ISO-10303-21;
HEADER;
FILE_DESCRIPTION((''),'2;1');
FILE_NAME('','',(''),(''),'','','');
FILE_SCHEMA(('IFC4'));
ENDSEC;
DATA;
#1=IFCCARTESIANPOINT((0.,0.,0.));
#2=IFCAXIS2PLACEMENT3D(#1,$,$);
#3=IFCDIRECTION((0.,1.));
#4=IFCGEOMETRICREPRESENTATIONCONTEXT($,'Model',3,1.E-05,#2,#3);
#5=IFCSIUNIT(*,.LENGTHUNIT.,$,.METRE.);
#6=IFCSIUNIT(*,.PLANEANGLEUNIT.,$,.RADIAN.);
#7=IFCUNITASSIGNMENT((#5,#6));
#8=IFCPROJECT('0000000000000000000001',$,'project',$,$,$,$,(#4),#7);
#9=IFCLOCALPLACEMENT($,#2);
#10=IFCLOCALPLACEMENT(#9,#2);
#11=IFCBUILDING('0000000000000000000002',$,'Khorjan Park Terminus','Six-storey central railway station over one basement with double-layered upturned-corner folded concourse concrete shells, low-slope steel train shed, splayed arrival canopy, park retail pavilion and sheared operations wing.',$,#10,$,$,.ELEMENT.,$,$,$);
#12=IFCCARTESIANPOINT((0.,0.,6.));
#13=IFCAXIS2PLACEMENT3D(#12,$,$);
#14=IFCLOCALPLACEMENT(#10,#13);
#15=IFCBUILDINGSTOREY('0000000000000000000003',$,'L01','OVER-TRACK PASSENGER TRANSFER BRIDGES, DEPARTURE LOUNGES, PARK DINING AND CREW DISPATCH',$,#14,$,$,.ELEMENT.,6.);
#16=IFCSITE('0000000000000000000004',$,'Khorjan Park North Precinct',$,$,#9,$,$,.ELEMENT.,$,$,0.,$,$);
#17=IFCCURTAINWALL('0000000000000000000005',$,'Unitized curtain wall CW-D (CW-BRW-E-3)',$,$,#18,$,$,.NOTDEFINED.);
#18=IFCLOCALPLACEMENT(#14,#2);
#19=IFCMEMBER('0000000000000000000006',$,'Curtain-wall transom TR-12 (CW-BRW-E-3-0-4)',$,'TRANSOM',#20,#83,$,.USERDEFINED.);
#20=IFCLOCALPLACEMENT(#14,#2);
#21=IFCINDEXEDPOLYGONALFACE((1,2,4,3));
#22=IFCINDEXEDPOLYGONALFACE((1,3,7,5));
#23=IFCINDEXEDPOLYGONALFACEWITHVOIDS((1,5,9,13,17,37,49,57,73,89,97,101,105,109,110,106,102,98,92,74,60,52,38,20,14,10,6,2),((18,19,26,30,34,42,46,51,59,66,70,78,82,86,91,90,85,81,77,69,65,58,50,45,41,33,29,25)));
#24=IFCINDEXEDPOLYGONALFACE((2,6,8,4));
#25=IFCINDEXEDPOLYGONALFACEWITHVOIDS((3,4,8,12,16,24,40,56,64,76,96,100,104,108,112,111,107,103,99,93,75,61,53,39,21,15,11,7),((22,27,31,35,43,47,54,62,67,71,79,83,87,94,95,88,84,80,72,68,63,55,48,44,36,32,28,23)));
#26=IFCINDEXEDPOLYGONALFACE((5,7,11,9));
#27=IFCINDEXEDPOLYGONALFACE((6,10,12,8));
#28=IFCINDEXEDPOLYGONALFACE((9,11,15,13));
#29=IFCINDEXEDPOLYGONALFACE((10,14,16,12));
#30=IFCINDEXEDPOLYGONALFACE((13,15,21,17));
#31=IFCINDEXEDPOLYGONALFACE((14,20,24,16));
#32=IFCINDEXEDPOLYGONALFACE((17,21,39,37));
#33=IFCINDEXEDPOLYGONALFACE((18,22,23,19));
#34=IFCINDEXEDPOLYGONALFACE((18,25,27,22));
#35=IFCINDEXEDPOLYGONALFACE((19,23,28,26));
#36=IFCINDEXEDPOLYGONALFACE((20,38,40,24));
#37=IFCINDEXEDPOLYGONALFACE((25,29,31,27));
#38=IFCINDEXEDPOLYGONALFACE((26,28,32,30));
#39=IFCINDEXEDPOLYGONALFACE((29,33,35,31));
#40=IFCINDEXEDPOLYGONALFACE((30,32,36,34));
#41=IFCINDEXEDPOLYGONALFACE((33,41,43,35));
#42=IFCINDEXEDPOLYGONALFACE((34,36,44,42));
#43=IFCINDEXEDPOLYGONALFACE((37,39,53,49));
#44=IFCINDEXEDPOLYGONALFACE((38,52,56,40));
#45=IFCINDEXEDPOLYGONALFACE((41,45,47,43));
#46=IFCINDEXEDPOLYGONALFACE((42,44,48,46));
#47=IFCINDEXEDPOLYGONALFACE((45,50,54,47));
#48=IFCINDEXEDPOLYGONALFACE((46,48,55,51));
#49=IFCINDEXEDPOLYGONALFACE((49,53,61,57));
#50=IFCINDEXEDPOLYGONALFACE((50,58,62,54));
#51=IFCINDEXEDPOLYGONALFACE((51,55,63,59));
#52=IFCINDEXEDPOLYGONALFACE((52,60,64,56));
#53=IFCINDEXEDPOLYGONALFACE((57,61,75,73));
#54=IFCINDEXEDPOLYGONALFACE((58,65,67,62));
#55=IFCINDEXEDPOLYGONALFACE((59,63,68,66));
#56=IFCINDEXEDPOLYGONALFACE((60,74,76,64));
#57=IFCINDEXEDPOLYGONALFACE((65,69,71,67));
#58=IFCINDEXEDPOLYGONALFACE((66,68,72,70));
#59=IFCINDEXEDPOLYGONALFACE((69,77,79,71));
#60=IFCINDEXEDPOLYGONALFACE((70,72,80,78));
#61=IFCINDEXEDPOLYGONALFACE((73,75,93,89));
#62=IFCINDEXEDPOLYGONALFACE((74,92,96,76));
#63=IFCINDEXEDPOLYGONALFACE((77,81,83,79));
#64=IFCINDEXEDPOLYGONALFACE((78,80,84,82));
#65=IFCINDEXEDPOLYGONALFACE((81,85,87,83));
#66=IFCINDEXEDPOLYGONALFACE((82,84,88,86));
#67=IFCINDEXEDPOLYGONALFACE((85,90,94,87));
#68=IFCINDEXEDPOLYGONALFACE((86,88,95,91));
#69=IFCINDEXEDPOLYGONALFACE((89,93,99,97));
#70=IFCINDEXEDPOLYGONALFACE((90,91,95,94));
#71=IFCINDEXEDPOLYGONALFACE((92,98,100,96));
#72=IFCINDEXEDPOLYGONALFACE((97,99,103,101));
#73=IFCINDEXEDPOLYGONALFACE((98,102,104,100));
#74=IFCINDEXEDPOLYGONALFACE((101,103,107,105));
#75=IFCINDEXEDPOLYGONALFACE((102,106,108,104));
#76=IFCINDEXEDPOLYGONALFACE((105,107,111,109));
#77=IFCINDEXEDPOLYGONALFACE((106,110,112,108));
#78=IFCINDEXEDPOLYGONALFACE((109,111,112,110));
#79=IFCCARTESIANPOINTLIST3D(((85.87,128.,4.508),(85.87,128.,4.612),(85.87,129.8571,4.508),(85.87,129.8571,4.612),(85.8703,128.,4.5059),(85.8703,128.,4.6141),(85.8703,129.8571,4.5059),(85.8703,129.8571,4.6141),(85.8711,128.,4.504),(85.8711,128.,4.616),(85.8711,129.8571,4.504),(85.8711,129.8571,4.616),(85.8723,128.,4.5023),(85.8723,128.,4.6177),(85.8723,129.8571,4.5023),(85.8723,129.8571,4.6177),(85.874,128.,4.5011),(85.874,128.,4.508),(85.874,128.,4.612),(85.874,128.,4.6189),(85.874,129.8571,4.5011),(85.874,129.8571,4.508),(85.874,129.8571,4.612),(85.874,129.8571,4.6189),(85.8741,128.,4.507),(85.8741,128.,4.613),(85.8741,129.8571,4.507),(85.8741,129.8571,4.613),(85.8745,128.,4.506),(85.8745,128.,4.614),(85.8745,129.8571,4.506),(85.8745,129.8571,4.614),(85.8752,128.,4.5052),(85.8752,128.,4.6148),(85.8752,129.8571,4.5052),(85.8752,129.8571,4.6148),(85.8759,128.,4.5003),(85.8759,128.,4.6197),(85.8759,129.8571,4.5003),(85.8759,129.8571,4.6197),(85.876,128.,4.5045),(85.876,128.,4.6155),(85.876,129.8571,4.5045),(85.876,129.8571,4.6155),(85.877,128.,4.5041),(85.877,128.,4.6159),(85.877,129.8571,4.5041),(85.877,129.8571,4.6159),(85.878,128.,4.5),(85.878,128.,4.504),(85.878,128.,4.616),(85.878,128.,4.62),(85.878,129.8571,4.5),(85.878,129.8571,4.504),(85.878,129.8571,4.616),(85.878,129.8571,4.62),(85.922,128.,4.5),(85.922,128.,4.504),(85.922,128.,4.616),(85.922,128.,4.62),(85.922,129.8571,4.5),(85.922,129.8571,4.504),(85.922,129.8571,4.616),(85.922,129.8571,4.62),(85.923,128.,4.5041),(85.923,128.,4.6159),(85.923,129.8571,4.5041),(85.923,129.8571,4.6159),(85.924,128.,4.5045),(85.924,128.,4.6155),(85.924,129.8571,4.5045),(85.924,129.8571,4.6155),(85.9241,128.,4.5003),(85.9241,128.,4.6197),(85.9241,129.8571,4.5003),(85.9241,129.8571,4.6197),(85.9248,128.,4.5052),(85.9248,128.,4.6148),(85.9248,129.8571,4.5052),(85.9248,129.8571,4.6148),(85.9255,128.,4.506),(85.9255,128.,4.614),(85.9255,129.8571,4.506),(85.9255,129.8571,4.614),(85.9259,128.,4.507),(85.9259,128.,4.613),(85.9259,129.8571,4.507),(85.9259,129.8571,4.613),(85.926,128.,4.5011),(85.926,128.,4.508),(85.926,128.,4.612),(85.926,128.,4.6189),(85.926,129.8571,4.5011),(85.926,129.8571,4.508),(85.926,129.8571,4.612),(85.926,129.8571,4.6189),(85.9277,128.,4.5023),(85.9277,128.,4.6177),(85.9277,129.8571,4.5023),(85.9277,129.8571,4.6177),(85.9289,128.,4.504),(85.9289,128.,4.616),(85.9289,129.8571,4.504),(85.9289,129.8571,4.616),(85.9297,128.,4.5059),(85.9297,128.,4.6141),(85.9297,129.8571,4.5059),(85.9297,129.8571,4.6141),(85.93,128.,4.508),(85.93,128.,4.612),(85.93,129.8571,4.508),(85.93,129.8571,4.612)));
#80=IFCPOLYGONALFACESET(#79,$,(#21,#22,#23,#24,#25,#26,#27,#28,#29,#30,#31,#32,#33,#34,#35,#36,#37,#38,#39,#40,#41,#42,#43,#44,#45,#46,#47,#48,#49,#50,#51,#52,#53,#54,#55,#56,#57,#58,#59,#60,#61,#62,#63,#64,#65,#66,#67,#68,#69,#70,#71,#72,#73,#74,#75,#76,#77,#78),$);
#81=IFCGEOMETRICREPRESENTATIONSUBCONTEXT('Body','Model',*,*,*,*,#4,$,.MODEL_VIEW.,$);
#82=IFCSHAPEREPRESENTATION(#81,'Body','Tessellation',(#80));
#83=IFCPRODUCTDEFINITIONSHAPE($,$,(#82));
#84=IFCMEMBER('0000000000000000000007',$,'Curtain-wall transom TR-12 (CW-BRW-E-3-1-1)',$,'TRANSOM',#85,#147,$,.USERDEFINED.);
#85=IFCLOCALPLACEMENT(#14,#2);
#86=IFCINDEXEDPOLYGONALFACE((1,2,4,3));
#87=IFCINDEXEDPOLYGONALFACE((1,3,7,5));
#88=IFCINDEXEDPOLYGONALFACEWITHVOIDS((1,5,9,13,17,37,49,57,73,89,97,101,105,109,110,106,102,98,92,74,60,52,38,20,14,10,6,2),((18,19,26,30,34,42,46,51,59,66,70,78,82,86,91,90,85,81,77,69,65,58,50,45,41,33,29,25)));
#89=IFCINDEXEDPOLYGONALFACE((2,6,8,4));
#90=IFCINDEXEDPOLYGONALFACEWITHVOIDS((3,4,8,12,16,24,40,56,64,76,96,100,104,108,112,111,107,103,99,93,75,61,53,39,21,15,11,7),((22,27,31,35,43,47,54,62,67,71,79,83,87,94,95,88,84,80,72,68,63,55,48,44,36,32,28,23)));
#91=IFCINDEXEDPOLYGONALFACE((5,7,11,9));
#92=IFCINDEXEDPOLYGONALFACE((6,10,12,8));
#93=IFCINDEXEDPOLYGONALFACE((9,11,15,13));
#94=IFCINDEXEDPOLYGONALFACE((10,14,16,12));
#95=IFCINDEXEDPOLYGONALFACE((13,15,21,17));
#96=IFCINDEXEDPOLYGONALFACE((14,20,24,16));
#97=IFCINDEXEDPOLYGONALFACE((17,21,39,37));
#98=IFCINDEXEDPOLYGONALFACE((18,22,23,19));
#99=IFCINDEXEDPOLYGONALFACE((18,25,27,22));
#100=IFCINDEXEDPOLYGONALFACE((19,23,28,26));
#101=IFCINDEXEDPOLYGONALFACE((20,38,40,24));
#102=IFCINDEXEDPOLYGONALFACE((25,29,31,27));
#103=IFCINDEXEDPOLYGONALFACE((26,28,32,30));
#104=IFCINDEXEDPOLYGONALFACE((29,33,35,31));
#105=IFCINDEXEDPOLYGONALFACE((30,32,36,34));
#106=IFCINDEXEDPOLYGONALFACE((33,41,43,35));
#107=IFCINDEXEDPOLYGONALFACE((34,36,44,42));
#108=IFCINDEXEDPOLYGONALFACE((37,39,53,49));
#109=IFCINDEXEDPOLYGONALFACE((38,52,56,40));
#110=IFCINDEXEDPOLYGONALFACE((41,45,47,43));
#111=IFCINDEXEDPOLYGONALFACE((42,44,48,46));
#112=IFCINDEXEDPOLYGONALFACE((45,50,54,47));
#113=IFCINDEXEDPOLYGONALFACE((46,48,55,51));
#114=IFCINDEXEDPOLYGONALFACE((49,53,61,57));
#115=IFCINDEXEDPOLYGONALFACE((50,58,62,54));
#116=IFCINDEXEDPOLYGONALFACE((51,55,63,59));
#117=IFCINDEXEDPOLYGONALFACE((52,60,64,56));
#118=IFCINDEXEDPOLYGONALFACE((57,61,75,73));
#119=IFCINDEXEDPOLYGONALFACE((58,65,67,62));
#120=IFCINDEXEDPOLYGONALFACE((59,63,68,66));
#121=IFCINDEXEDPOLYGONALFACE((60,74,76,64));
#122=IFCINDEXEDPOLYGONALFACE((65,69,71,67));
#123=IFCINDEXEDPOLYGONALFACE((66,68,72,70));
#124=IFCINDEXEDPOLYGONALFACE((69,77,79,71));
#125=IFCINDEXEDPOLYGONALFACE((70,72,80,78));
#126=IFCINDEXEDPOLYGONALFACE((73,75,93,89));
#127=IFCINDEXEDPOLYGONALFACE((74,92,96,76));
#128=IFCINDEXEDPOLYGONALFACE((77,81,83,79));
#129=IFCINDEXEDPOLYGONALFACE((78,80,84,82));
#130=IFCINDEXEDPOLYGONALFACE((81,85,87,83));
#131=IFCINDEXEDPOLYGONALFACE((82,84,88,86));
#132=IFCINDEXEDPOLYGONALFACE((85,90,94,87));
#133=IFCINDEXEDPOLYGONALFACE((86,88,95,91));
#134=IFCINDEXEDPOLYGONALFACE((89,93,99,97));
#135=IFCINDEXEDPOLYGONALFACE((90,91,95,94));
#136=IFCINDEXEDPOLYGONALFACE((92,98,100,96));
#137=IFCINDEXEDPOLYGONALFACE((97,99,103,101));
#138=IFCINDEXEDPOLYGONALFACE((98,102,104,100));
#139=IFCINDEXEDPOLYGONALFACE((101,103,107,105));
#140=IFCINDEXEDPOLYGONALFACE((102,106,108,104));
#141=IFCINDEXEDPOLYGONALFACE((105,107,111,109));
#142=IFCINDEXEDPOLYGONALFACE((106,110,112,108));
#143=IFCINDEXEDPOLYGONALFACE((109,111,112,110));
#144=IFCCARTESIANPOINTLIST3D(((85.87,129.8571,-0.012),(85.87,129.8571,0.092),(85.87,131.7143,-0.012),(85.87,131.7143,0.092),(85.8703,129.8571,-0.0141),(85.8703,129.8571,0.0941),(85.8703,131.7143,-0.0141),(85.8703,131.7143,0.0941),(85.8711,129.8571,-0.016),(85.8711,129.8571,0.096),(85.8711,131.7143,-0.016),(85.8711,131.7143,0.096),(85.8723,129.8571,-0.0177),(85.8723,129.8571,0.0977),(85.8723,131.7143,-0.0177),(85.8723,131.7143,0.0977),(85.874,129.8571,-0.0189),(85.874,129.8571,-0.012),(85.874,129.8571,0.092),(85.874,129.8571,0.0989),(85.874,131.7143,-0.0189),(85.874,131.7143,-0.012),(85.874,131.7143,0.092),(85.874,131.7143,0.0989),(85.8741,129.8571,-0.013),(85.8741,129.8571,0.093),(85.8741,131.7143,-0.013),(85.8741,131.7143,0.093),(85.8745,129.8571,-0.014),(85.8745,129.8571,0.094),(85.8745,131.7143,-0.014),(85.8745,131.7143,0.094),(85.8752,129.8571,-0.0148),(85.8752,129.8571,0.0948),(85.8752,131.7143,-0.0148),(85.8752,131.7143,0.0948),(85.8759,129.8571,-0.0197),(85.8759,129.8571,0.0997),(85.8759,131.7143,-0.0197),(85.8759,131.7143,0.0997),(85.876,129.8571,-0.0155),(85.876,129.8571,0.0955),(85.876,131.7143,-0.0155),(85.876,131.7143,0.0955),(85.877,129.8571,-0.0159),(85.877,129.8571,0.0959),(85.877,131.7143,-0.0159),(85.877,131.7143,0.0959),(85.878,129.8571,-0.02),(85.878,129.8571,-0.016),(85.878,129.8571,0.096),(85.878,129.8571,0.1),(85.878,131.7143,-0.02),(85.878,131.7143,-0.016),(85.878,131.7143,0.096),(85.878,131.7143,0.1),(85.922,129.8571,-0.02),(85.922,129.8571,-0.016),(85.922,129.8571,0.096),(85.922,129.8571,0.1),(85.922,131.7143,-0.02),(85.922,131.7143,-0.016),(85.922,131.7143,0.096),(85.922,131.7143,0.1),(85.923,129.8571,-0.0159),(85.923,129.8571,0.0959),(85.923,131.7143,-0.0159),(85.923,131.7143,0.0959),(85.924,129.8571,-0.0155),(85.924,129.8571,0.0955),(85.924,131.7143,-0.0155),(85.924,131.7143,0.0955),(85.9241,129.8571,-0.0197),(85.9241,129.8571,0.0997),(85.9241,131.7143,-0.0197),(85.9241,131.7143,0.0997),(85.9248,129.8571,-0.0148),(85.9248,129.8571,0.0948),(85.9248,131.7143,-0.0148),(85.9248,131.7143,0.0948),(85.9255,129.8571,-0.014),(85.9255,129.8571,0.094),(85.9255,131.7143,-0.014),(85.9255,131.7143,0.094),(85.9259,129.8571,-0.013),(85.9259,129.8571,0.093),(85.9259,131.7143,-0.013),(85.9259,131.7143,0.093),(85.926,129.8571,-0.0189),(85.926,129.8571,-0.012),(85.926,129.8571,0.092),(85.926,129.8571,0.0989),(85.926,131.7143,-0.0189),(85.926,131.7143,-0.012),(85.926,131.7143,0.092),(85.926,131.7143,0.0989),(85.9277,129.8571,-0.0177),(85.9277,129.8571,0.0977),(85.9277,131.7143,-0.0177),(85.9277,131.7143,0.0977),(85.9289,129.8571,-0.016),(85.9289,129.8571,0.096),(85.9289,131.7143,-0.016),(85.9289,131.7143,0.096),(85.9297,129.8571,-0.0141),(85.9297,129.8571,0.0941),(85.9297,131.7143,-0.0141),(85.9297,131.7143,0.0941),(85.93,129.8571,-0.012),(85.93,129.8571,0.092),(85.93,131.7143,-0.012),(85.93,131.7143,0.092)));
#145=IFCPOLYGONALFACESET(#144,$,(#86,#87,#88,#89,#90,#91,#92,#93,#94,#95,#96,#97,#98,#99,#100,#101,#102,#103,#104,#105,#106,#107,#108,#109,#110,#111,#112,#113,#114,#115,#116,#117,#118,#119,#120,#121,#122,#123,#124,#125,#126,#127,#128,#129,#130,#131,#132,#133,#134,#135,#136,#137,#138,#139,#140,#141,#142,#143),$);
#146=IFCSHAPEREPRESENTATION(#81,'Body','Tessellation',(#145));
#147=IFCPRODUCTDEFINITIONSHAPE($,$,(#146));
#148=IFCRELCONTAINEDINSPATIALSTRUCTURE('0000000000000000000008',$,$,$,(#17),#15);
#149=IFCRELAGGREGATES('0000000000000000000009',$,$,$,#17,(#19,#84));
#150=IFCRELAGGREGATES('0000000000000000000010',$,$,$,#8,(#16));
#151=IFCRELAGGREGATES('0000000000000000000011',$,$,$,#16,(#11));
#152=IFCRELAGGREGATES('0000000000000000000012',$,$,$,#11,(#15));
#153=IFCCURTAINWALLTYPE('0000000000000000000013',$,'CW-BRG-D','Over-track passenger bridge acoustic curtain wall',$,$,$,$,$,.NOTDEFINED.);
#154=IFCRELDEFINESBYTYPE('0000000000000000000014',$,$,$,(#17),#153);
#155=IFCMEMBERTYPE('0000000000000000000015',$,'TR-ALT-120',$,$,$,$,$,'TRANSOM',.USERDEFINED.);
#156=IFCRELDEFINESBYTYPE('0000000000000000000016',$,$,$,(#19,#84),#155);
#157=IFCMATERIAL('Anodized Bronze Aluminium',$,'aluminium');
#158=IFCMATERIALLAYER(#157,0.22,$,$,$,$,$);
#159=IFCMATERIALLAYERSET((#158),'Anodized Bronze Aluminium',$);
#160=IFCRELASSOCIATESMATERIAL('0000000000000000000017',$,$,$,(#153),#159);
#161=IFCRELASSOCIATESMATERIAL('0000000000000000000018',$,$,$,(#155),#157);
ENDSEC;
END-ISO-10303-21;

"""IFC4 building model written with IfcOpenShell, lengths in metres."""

from ifc_helpers import new_model, si_unit, direction, frame, origin, origin_2d, place, context, subcontext, project, spatial, hollow_rectangle, extrude, material, layer, layer_set, material_profile, profile_set, type_object, element, aggregate, save


model = new_model("IFC4")

# Units and contexts
model_context = context("Model", 3, precision=1e-05, world=origin(), true_north=direction((0.0, 1.0)))
body_context = subcontext(model_context, "Body", "Model", "MODEL_VIEW")
ifc_project = project(units=[si_unit("LENGTHUNIT", "METRE"), si_unit("PLANEANGLEUNIT", "RADIAN")], contexts=[model_context])

# Site, building, storey
site_placement = place(None, origin())
site = spatial("IfcSite", under=ifc_project, at=site_placement, Name="Khorjan Park North Precinct", CompositionType="ELEMENT", RefElevation=0.0)
building_placement = place(site_placement, origin())
building = spatial("IfcBuilding", under=site, at=building_placement, Name="Khorjan Park Terminus", Description="Six-storey central railway station over one basement with double-layered upturned-corner folded concourse concrete shells, low-slope steel train shed, splayed arrival canopy, park retail pavilion and sheared operations wing.", CompositionType="ELEMENT")
storey_placement = place(building_placement, frame((0.0, 0.0, 6.0)))
storey = spatial("IfcBuildingStorey", under=building, at=storey_placement, Name="L01", Description="OVER-TRACK PASSENGER TRANSFER BRIDGES, DEPARTURE LOUNGES, PARK DINING AND CREW DISPATCH", CompositionType="ELEMENT", Elevation=6.0)

# Shared definitions
ifc_material_1 = material(Name="Anodized Bronze Aluminium", Category="aluminium")
ifc_layer_1 = layer(ifc_material_1, 0.22)
ifc_layer_set_1 = layer_set([ifc_layer_1], Name="Anodized Bronze Aluminium")
curtain_wall_type = type_object("IfcCurtainWallType", Name="CW-BRG-D", Description="Over-track passenger bridge acoustic curtain wall", PredefinedType="NOTDEFINED", material=ifc_layer_set_1)

# Curtain wall
curtain_wall_1_placement = place(storey_placement, origin())
curtain_wall_1 = element("IfcCurtainWall", 1, at=curtain_wall_1_placement, inside=storey, type_object=curtain_wall_type, Name="Unitized curtain wall CW-D (CW-BRW-E-3)", PredefinedType="NOTDEFINED")

# Members
ifc_material_profile_1 = material_profile(ifc_material_1, hollow_rectangle(XDim=0.06, YDim=0.12, WallThickness=0.004, InnerFilletRadius=0.004, OuterFilletRadius=0.008, at=origin_2d()), Name="ALT 60x120x4")
ifc_profile_set_1 = profile_set([ifc_material_profile_1], Name="Anodized Bronze Aluminium")
member_type_1 = type_object("IfcMemberType", Name="TR-ALT-120", ElementType="TRANSOM", PredefinedType="USERDEFINED", material=ifc_profile_set_1)
member_1_placement = place(storey_placement, frame((85.9, 128.0, 4.56), z_axis=(0.0, 1.0, 0.0), x_axis=(-1.0, 0.0, 0.0)))
member_1 = element("IfcMember", 2, at=member_1_placement, type_object=member_type_1, Name="Curtain-wall transom TR-12 (CW-BRW-E-3-0-4)", ObjectType="TRANSOM", PredefinedType="USERDEFINED", context=body_context, shape_type="SweptSolid", body=[
    extrude(hollow_rectangle(XDim=0.06, YDim=0.12, WallThickness=0.004, InnerFilletRadius=0.004, OuterFilletRadius=0.008, at=origin_2d()), origin(), (0.0, 0.0, 1.0), 1.8571),
])
member_2_placement = place(storey_placement, frame((85.9, 129.8571, 0.04), z_axis=(0.0, 1.0, 0.0), x_axis=(-1.0, 0.0, 0.0)))
member_2 = element("IfcMember", 3, at=member_2_placement, type_object=member_type_1, Name="Curtain-wall transom TR-12 (CW-BRW-E-3-1-1)", ObjectType="TRANSOM", PredefinedType="USERDEFINED", context=body_context, shape_type="SweptSolid", body=[
    extrude(hollow_rectangle(XDim=0.06, YDim=0.12, WallThickness=0.004, InnerFilletRadius=0.004, OuterFilletRadius=0.008, at=origin_2d()), origin(), (0.0, 0.0, 1.0), 1.8572),
])

aggregate(curtain_wall_1, [member_1, member_2])

save(model, "model.ifc")
